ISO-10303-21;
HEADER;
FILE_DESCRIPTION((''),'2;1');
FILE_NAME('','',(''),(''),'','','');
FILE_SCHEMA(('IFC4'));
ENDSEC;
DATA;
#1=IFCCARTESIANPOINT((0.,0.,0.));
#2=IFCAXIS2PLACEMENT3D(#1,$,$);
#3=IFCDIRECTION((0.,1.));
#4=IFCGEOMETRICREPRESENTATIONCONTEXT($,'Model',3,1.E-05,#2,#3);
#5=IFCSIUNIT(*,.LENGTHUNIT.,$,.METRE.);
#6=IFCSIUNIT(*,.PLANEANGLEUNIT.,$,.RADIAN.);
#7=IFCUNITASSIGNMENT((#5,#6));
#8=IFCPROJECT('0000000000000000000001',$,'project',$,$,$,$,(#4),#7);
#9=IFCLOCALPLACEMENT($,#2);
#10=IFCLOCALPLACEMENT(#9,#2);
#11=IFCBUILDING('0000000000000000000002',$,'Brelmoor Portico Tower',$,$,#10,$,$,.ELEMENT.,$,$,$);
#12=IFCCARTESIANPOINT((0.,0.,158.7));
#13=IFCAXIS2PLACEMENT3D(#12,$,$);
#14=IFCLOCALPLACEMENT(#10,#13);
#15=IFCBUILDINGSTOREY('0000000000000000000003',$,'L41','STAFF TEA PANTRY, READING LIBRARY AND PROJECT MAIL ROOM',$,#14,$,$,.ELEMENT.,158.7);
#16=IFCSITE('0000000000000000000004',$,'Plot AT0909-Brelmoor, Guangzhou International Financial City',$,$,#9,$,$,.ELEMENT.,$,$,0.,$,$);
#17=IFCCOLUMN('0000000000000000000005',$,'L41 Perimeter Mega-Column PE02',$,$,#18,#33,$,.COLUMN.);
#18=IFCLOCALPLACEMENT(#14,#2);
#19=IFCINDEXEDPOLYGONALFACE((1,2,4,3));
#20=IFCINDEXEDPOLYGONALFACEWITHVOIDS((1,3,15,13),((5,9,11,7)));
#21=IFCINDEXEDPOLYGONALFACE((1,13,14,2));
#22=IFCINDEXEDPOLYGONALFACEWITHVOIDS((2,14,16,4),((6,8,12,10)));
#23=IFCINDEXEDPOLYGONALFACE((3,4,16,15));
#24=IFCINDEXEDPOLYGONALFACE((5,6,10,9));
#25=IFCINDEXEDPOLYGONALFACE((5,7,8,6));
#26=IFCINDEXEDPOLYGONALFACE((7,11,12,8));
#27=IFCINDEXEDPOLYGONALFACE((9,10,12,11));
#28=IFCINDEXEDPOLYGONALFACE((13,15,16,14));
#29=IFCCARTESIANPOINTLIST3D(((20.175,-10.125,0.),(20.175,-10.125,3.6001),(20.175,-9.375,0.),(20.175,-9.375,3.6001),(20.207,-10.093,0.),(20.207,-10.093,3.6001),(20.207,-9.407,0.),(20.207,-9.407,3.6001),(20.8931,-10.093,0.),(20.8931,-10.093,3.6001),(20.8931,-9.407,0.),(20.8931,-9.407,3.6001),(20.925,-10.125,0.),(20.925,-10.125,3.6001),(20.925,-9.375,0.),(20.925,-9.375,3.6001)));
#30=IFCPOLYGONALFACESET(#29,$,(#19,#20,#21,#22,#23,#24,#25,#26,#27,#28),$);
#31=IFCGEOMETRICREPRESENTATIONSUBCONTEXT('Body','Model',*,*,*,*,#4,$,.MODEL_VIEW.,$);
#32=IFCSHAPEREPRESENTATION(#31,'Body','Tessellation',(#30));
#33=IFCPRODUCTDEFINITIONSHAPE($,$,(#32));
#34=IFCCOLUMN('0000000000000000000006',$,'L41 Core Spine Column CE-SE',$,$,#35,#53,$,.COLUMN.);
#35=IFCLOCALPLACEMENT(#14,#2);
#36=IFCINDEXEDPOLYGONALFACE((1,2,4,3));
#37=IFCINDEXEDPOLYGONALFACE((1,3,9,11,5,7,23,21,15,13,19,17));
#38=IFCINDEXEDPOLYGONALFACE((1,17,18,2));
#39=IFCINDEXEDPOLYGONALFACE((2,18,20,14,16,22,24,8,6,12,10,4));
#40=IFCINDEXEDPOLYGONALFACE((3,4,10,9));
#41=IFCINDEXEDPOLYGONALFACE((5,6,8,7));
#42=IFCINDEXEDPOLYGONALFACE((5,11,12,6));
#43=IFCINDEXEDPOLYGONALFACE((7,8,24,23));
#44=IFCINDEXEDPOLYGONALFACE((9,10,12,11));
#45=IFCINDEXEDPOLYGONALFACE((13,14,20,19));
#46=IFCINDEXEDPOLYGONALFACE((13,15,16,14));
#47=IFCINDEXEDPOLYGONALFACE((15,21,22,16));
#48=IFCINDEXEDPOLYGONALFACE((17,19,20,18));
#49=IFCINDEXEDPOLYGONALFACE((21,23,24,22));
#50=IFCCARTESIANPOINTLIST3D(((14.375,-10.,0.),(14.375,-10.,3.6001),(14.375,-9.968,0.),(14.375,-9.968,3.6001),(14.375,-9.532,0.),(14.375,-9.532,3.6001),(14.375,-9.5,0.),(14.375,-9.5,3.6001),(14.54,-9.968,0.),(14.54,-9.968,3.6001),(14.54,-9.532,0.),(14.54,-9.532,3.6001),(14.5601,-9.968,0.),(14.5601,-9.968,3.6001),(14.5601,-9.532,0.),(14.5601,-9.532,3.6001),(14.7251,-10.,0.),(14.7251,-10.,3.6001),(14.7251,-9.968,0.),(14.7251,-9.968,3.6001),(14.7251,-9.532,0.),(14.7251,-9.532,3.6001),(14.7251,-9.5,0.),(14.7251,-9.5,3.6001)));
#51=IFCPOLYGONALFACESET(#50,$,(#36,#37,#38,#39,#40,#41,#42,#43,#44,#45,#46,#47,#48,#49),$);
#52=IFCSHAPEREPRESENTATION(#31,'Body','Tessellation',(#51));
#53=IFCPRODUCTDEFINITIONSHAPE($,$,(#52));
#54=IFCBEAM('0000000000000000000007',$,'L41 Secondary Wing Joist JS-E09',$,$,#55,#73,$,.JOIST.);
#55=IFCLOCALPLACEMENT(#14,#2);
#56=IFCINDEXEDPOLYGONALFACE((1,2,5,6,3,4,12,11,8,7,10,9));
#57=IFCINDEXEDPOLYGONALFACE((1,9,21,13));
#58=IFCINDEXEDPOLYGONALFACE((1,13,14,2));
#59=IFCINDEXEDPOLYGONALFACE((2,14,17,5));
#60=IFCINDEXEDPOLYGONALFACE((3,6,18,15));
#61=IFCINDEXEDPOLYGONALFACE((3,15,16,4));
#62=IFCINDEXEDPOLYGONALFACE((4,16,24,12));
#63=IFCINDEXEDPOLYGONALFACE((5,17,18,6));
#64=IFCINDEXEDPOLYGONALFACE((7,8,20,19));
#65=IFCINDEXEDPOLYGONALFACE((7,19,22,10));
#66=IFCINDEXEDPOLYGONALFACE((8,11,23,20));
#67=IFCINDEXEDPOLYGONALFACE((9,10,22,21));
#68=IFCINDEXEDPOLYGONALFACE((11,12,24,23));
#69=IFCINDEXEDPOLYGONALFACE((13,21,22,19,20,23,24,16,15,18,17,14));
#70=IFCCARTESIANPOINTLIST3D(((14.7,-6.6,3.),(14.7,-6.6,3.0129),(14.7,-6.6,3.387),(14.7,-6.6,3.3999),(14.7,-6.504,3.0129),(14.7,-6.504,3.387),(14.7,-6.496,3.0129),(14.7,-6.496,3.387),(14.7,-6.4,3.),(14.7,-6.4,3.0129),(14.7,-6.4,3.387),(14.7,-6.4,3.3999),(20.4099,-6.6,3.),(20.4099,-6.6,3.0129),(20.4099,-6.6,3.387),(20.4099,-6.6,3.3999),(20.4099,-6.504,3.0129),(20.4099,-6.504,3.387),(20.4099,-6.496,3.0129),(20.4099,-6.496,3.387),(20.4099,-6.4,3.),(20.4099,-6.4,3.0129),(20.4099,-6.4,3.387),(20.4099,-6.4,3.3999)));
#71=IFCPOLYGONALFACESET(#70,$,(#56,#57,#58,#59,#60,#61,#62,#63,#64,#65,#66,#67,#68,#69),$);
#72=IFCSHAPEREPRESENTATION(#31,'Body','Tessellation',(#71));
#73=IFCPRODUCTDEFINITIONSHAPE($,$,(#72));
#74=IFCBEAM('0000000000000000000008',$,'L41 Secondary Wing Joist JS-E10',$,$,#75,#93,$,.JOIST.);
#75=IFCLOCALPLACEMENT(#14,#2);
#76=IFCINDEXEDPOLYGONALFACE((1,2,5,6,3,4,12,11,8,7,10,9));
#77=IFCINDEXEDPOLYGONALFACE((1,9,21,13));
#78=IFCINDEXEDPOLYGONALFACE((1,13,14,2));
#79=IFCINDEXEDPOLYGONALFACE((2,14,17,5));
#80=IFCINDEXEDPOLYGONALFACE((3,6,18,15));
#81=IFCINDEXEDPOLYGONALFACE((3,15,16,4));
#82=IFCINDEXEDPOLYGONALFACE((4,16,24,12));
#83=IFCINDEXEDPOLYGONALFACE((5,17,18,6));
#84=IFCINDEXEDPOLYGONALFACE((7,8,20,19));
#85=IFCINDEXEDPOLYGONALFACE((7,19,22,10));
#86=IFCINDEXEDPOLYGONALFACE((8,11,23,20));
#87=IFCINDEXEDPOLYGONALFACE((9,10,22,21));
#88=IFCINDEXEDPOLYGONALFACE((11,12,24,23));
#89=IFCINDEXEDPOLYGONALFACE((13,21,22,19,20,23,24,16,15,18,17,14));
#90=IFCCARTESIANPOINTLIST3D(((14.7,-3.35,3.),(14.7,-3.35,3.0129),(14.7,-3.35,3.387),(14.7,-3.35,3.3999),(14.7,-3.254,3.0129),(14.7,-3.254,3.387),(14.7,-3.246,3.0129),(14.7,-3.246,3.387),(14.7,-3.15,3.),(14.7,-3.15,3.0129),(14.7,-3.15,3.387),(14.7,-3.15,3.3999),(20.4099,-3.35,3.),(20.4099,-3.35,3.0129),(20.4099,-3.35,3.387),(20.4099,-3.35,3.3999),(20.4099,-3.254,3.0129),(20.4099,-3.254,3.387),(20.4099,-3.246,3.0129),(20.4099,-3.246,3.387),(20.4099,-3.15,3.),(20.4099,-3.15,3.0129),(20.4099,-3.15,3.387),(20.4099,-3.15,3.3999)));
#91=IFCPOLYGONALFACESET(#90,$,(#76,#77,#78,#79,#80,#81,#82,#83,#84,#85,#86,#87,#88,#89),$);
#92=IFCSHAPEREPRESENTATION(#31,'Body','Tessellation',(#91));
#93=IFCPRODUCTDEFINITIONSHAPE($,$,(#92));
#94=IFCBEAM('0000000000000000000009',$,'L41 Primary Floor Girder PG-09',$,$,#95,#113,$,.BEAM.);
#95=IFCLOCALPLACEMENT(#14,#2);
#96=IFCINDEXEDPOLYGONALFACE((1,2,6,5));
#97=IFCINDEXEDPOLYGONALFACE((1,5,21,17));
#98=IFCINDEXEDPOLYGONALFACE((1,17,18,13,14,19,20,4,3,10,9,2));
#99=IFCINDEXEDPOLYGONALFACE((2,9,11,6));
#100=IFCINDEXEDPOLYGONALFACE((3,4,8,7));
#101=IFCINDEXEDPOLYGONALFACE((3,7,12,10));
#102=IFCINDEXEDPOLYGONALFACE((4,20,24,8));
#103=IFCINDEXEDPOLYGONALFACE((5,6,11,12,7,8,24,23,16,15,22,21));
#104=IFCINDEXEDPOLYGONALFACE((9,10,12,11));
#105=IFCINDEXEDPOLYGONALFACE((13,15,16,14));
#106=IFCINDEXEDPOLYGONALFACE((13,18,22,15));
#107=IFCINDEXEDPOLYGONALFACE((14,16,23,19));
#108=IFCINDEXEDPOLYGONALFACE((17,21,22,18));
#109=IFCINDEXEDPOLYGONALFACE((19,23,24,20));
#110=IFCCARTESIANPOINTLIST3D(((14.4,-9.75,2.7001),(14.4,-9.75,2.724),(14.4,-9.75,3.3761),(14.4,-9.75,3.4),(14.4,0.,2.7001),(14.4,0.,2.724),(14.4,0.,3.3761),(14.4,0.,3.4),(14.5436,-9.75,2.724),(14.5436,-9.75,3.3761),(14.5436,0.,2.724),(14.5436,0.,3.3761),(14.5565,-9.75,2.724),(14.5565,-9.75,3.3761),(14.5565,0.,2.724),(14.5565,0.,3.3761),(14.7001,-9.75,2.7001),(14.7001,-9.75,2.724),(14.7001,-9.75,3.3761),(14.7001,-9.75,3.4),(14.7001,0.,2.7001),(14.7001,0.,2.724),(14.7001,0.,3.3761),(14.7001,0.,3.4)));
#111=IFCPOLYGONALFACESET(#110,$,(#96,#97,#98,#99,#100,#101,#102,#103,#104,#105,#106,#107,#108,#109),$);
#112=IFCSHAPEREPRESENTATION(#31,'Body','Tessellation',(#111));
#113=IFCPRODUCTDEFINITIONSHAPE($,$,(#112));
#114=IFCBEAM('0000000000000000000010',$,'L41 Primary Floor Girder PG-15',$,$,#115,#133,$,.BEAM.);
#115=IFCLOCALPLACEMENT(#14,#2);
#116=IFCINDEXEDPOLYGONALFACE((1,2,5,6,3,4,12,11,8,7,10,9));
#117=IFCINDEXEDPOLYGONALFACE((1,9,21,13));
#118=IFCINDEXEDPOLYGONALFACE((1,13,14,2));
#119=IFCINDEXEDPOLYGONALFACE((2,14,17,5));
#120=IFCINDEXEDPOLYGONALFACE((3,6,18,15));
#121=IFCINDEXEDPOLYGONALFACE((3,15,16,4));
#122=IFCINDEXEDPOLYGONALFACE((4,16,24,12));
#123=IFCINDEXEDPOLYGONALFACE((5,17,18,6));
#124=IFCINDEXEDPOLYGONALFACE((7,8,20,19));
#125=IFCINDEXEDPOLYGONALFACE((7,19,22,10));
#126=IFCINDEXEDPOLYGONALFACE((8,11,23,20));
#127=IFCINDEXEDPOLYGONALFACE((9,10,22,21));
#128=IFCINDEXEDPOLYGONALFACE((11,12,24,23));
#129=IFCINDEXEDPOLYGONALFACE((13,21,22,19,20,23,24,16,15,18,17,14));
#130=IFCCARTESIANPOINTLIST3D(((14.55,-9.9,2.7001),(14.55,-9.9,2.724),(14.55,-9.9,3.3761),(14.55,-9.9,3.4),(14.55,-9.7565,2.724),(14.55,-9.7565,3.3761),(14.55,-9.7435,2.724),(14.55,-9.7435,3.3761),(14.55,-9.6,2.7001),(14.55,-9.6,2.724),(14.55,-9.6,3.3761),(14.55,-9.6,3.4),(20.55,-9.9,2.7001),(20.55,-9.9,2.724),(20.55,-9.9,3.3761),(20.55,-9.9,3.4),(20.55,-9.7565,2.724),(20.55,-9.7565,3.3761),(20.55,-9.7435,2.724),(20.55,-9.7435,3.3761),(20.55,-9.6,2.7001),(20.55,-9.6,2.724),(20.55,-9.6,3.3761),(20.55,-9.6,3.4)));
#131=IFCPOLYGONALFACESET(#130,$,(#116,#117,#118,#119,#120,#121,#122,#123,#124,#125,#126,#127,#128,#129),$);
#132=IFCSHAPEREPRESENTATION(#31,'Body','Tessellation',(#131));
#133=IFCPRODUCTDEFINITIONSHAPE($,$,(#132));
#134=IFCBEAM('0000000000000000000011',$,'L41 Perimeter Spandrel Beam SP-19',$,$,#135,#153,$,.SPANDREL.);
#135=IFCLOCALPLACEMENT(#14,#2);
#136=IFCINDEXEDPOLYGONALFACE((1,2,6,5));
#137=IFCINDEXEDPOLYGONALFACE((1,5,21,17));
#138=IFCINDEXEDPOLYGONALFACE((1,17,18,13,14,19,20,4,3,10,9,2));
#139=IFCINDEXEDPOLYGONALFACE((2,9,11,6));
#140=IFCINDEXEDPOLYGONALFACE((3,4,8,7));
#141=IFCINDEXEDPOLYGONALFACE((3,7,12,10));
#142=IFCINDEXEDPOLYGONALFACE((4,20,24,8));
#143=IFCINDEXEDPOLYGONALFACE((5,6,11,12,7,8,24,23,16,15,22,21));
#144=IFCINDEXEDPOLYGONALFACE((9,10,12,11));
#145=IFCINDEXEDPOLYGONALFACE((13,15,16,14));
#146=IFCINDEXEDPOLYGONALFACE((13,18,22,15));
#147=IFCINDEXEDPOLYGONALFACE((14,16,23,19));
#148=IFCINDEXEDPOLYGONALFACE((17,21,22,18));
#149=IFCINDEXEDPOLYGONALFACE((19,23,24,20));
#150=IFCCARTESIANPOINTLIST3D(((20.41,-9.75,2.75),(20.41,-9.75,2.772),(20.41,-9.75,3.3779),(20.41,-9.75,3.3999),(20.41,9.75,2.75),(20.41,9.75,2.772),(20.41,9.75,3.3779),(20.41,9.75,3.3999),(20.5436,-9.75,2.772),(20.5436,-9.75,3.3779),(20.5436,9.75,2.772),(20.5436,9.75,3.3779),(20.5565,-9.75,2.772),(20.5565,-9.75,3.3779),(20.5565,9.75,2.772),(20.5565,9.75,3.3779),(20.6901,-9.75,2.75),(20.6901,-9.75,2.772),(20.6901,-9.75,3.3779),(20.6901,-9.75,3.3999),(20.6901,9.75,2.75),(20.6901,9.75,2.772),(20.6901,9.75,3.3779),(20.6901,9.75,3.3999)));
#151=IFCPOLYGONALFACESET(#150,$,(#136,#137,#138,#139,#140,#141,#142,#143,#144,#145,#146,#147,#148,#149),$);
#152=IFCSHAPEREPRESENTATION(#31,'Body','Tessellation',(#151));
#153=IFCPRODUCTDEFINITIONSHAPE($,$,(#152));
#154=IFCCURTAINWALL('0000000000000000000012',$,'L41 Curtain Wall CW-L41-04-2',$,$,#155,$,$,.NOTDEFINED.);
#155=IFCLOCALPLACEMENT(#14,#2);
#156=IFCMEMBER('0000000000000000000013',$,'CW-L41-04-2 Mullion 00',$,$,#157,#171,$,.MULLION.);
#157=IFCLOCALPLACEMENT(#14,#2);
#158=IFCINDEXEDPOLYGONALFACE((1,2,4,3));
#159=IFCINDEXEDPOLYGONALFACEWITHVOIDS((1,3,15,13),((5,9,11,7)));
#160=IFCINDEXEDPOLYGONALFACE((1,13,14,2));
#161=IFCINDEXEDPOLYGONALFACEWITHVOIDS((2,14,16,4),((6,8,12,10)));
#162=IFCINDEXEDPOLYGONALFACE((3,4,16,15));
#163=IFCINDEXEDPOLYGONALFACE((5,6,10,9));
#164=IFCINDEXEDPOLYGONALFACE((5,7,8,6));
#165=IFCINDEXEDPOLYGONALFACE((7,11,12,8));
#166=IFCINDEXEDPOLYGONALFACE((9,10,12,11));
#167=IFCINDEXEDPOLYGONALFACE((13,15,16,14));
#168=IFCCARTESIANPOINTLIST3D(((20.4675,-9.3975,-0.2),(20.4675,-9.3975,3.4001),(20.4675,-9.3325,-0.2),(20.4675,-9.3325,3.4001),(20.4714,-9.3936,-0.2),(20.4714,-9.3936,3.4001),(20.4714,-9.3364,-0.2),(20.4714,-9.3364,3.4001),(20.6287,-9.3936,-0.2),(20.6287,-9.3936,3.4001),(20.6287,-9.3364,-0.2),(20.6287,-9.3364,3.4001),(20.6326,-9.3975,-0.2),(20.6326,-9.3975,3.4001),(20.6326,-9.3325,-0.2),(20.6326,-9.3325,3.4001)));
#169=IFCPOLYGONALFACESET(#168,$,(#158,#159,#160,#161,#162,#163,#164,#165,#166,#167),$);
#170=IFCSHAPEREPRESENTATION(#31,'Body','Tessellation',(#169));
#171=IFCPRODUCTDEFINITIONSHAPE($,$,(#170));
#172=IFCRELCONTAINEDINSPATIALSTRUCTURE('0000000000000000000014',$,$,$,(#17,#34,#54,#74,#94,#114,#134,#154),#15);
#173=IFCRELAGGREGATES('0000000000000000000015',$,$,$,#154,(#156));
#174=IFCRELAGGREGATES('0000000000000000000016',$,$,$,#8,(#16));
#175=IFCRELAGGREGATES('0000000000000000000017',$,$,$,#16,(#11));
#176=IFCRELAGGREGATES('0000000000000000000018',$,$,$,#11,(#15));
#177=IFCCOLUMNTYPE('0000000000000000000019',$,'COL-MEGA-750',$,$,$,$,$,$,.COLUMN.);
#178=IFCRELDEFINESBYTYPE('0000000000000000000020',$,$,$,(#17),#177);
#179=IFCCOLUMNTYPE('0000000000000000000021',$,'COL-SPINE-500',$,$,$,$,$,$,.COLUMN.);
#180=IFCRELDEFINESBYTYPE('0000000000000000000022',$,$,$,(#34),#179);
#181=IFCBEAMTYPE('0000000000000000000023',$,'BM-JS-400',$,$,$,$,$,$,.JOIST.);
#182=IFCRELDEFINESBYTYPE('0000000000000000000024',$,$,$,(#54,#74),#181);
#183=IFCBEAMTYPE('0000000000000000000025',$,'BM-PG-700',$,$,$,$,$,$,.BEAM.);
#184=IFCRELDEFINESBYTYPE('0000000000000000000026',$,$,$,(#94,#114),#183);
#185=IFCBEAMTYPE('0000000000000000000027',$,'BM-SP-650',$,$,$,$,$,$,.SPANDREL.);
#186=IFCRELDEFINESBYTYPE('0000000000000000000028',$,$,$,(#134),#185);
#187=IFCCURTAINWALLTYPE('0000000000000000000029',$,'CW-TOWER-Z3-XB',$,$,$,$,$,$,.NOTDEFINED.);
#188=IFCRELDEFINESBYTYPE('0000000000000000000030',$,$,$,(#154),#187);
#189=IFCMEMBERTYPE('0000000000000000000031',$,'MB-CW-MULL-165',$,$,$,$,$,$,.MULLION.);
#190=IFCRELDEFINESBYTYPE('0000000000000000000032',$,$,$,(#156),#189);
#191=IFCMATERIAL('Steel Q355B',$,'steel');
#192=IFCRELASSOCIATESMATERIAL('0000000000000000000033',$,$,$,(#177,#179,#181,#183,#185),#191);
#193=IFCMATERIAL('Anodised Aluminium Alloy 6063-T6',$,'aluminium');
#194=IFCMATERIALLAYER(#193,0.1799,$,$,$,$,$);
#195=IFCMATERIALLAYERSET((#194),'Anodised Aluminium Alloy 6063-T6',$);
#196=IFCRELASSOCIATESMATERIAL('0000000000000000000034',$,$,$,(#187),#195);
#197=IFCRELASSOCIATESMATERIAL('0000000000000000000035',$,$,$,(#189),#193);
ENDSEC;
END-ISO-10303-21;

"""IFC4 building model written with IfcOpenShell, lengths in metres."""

from ifc_helpers import new_model, si_unit, direction, frame, origin, origin_2d, place, context, subcontext, project, spatial, hollow_rectangle, i_section, extrude, material, layer, layer_set, material_profile, profile_set, type_object, element, aggregate, save


model = new_model("IFC4")

# Units and contexts
model_context = context("Model", 3, precision=1e-05, world=origin(), true_north=direction((0.0, 1.0)))
body_context = subcontext(model_context, "Body", "Model", "MODEL_VIEW")
ifc_project = project(units=[si_unit("LENGTHUNIT", "METRE"), si_unit("PLANEANGLEUNIT", "RADIAN")], contexts=[model_context])

# Site, building, storey
site_placement = place(None, origin())
site = spatial("IfcSite", under=ifc_project, at=site_placement, Name="Plot AT0909-Brelmoor, Guangzhou International Financial City", CompositionType="ELEMENT", RefElevation=0.0)
building_placement = place(site_placement, origin())
building = spatial("IfcBuilding", under=site, at=building_placement, Name="Brelmoor Portico Tower", CompositionType="ELEMENT")
storey_placement = place(building_placement, frame((0.0, 0.0, 158.7)))
storey = spatial("IfcBuildingStorey", under=building, at=storey_placement, Name="L41", Description="STAFF TEA PANTRY, READING LIBRARY AND PROJECT MAIL ROOM", CompositionType="ELEMENT", Elevation=158.7)

# Columns
ifc_material_1 = material(Name="Steel Q355B", Category="steel")
ifc_material_profile_1 = material_profile(ifc_material_1, hollow_rectangle(XDim=0.75, YDim=0.75, WallThickness=0.032, at=origin_2d()), Name="BOX 750x750x32")
ifc_profile_set_1 = profile_set([ifc_material_profile_1], Name="Steel Q355B")
column_type_1 = type_object("IfcColumnType", Name="COL-MEGA-750", PredefinedType="COLUMN", material=ifc_profile_set_1)
column_1_placement = place(storey_placement, frame((20.55, -9.75, 0.0), z_axis=(0.0, 0.0, 1.0), x_axis=(0.0, 1.0, 0.0)))
element("IfcColumn", 1, at=column_1_placement, inside=storey, type_object=column_type_1, Name="L41 Perimeter Mega-Column PE02", PredefinedType="COLUMN", context=body_context, shape_type="SweptSolid", body=[
    extrude(hollow_rectangle(XDim=0.75, YDim=0.75, WallThickness=0.032, at=origin_2d()), origin(), (0.0, 0.0, 1.0), 3.6001),
])
ifc_material_profile_2 = material_profile(ifc_material_1, i_section(OverallWidth=0.3501, OverallDepth=0.5, WebThickness=0.02, FlangeThickness=0.032, at=origin_2d()), Name="HW 500x350x20x32")
ifc_profile_set_2 = profile_set([ifc_material_profile_2], Name="Steel Q355B")
column_type_2 = type_object("IfcColumnType", Name="COL-SPINE-500", PredefinedType="COLUMN", material=ifc_profile_set_2)
column_2_placement = place(storey_placement, frame((14.55, -9.75, 0.0), z_axis=(0.0, 0.0, 1.0), x_axis=(1.0, 0.0, 0.0)))
element("IfcColumn", 2, at=column_2_placement, inside=storey, type_object=column_type_2, Name="L41 Core Spine Column CE-SE", PredefinedType="COLUMN", context=body_context, shape_type="SweptSolid", body=[
    extrude(i_section(OverallWidth=0.3501, OverallDepth=0.5, WebThickness=0.02, FlangeThickness=0.032, at=origin_2d()), origin(), (0.0, 0.0, 1.0), 3.6001),
])

# Beams
ifc_material_profile_3 = material_profile(ifc_material_1, i_section(OverallWidth=0.2, OverallDepth=0.3999, WebThickness=0.0081, FlangeThickness=0.0129, at=origin_2d()), Name="HN 400x200x8x13")
ifc_profile_set_3 = profile_set([ifc_material_profile_3], Name="Steel Q355B")
beam_type_1 = type_object("IfcBeamType", Name="BM-JS-400", PredefinedType="JOIST", material=ifc_profile_set_3)
for number, where, z_axis, x_axis, name in (
    (3, (14.7, -6.5, 3.2), (1.0, 0.0, 0.0), (0.0, 1.0, 0.0), "L41 Secondary Wing Joist JS-E09"),
    (4, (14.7, -3.25, 3.2), (1.0, 0.0, 0.0), (0.0, 1.0, 0.0), "L41 Secondary Wing Joist JS-E10"),
):
    element("IfcBeam", number, at=place(storey_placement, frame(where, z_axis=z_axis, x_axis=x_axis)), inside=storey, type_object=beam_type_1, Name=name, PredefinedType="JOIST", context=body_context, shape_type="SweptSolid", body=[
        extrude(i_section(OverallWidth=0.2, OverallDepth=0.3999, WebThickness=0.0081, FlangeThickness=0.0129, at=origin_2d()), origin(), (0.0, 0.0, 1.0), 5.71),
    ])
ifc_material_profile_4 = material_profile(ifc_material_1, i_section(OverallWidth=0.3, OverallDepth=0.7, WebThickness=0.0129, FlangeThickness=0.0239, at=origin_2d()), Name="HN 700x300x13x24")
ifc_profile_set_4 = profile_set([ifc_material_profile_4], Name="Steel Q355B")
beam_type_2 = type_object("IfcBeamType", Name="BM-PG-700", PredefinedType="BEAM", material=ifc_profile_set_4)
beam_1_placement = place(storey_placement, frame((14.55, -9.75, 3.05), z_axis=(0.0, 1.0, 0.0), x_axis=(-1.0, 0.0, 0.0)))
element("IfcBeam", 5, at=beam_1_placement, inside=storey, type_object=beam_type_2, Name="L41 Primary Floor Girder PG-09", PredefinedType="BEAM", context=body_context, shape_type="SweptSolid", body=[
    extrude(i_section(OverallWidth=0.3, OverallDepth=0.7, WebThickness=0.0129, FlangeThickness=0.0239, at=origin_2d()), origin(), (0.0, 0.0, 1.0), 9.75),
])
beam_2_placement = place(storey_placement, frame((14.55, -9.75, 3.05), z_axis=(1.0, 0.0, 0.0), x_axis=(0.0, 1.0, 0.0)))
element("IfcBeam", 6, at=beam_2_placement, inside=storey, type_object=beam_type_2, Name="L41 Primary Floor Girder PG-15", PredefinedType="BEAM", context=body_context, shape_type="SweptSolid", body=[
    extrude(i_section(OverallWidth=0.3, OverallDepth=0.7, WebThickness=0.0129, FlangeThickness=0.0239, at=origin_2d()), origin(), (0.0, 0.0, 1.0), 6.0),
])
ifc_material_profile_5 = material_profile(ifc_material_1, i_section(OverallWidth=0.28, OverallDepth=0.6499, WebThickness=0.0129, FlangeThickness=0.022, at=origin_2d()), Name="HN 650x280x13x22")
ifc_profile_set_5 = profile_set([ifc_material_profile_5], Name="Steel Q355B")
beam_type_3 = type_object("IfcBeamType", Name="BM-SP-650", PredefinedType="SPANDREL", material=ifc_profile_set_5)
beam_3_placement = place(storey_placement, frame((20.55, -9.75, 3.075), z_axis=(0.0, 1.0, 0.0), x_axis=(-1.0, 0.0, 0.0)))
element("IfcBeam", 7, at=beam_3_placement, inside=storey, type_object=beam_type_3, Name="L41 Perimeter Spandrel Beam SP-19", PredefinedType="SPANDREL", context=body_context, shape_type="SweptSolid", body=[
    extrude(i_section(OverallWidth=0.28, OverallDepth=0.6499, WebThickness=0.0129, FlangeThickness=0.022, at=origin_2d()), origin(), (0.0, 0.0, 1.0), 19.5),
])

# Curtain wall, member
ifc_material_2 = material(Name="Anodised Aluminium Alloy 6063-T6", Category="aluminium")
ifc_layer_1 = layer(ifc_material_2, 0.1799)
ifc_layer_set_1 = layer_set([ifc_layer_1], Name="Anodised Aluminium Alloy 6063-T6")
curtain_wall_type = type_object("IfcCurtainWallType", Name="CW-TOWER-Z3-XB", PredefinedType="NOTDEFINED", material=ifc_layer_set_1)
curtain_wall_placement = place(storey_placement, origin())
curtain_wall = element("IfcCurtainWall", 8, at=curtain_wall_placement, inside=storey, type_object=curtain_wall_type, Name="L41 Curtain Wall CW-L41-04-2", PredefinedType="NOTDEFINED")
ifc_material_profile_6 = material_profile(ifc_material_2, hollow_rectangle(XDim=0.0649, YDim=0.165, WallThickness=0.0039, at=origin_2d()), Name="ALU MULLION 65x165")
ifc_profile_set_6 = profile_set([ifc_material_profile_6], Name="Anodised Aluminium Alloy 6063-T6")
member_type_1 = type_object("IfcMemberType", Name="MB-CW-MULL-165", PredefinedType="MULLION", material=ifc_profile_set_6)
member_1_placement = place(storey_placement, frame((20.55, -9.365, -0.2), z_axis=(0.0, 0.0, 1.0), x_axis=(0.0, 1.0, 0.0)))
member_1 = element("IfcMember", 9, at=member_1_placement, type_object=member_type_1, Name="CW-L41-04-2 Mullion 00", PredefinedType="MULLION", context=body_context, shape_type="SweptSolid", body=[
    extrude(hollow_rectangle(XDim=0.0649, YDim=0.165, WallThickness=0.0039, at=origin_2d()), origin(), (0.0, 0.0, 1.0), 3.6001),
])
aggregate(curtain_wall, [member_1])

save(model, "model.ifc")
